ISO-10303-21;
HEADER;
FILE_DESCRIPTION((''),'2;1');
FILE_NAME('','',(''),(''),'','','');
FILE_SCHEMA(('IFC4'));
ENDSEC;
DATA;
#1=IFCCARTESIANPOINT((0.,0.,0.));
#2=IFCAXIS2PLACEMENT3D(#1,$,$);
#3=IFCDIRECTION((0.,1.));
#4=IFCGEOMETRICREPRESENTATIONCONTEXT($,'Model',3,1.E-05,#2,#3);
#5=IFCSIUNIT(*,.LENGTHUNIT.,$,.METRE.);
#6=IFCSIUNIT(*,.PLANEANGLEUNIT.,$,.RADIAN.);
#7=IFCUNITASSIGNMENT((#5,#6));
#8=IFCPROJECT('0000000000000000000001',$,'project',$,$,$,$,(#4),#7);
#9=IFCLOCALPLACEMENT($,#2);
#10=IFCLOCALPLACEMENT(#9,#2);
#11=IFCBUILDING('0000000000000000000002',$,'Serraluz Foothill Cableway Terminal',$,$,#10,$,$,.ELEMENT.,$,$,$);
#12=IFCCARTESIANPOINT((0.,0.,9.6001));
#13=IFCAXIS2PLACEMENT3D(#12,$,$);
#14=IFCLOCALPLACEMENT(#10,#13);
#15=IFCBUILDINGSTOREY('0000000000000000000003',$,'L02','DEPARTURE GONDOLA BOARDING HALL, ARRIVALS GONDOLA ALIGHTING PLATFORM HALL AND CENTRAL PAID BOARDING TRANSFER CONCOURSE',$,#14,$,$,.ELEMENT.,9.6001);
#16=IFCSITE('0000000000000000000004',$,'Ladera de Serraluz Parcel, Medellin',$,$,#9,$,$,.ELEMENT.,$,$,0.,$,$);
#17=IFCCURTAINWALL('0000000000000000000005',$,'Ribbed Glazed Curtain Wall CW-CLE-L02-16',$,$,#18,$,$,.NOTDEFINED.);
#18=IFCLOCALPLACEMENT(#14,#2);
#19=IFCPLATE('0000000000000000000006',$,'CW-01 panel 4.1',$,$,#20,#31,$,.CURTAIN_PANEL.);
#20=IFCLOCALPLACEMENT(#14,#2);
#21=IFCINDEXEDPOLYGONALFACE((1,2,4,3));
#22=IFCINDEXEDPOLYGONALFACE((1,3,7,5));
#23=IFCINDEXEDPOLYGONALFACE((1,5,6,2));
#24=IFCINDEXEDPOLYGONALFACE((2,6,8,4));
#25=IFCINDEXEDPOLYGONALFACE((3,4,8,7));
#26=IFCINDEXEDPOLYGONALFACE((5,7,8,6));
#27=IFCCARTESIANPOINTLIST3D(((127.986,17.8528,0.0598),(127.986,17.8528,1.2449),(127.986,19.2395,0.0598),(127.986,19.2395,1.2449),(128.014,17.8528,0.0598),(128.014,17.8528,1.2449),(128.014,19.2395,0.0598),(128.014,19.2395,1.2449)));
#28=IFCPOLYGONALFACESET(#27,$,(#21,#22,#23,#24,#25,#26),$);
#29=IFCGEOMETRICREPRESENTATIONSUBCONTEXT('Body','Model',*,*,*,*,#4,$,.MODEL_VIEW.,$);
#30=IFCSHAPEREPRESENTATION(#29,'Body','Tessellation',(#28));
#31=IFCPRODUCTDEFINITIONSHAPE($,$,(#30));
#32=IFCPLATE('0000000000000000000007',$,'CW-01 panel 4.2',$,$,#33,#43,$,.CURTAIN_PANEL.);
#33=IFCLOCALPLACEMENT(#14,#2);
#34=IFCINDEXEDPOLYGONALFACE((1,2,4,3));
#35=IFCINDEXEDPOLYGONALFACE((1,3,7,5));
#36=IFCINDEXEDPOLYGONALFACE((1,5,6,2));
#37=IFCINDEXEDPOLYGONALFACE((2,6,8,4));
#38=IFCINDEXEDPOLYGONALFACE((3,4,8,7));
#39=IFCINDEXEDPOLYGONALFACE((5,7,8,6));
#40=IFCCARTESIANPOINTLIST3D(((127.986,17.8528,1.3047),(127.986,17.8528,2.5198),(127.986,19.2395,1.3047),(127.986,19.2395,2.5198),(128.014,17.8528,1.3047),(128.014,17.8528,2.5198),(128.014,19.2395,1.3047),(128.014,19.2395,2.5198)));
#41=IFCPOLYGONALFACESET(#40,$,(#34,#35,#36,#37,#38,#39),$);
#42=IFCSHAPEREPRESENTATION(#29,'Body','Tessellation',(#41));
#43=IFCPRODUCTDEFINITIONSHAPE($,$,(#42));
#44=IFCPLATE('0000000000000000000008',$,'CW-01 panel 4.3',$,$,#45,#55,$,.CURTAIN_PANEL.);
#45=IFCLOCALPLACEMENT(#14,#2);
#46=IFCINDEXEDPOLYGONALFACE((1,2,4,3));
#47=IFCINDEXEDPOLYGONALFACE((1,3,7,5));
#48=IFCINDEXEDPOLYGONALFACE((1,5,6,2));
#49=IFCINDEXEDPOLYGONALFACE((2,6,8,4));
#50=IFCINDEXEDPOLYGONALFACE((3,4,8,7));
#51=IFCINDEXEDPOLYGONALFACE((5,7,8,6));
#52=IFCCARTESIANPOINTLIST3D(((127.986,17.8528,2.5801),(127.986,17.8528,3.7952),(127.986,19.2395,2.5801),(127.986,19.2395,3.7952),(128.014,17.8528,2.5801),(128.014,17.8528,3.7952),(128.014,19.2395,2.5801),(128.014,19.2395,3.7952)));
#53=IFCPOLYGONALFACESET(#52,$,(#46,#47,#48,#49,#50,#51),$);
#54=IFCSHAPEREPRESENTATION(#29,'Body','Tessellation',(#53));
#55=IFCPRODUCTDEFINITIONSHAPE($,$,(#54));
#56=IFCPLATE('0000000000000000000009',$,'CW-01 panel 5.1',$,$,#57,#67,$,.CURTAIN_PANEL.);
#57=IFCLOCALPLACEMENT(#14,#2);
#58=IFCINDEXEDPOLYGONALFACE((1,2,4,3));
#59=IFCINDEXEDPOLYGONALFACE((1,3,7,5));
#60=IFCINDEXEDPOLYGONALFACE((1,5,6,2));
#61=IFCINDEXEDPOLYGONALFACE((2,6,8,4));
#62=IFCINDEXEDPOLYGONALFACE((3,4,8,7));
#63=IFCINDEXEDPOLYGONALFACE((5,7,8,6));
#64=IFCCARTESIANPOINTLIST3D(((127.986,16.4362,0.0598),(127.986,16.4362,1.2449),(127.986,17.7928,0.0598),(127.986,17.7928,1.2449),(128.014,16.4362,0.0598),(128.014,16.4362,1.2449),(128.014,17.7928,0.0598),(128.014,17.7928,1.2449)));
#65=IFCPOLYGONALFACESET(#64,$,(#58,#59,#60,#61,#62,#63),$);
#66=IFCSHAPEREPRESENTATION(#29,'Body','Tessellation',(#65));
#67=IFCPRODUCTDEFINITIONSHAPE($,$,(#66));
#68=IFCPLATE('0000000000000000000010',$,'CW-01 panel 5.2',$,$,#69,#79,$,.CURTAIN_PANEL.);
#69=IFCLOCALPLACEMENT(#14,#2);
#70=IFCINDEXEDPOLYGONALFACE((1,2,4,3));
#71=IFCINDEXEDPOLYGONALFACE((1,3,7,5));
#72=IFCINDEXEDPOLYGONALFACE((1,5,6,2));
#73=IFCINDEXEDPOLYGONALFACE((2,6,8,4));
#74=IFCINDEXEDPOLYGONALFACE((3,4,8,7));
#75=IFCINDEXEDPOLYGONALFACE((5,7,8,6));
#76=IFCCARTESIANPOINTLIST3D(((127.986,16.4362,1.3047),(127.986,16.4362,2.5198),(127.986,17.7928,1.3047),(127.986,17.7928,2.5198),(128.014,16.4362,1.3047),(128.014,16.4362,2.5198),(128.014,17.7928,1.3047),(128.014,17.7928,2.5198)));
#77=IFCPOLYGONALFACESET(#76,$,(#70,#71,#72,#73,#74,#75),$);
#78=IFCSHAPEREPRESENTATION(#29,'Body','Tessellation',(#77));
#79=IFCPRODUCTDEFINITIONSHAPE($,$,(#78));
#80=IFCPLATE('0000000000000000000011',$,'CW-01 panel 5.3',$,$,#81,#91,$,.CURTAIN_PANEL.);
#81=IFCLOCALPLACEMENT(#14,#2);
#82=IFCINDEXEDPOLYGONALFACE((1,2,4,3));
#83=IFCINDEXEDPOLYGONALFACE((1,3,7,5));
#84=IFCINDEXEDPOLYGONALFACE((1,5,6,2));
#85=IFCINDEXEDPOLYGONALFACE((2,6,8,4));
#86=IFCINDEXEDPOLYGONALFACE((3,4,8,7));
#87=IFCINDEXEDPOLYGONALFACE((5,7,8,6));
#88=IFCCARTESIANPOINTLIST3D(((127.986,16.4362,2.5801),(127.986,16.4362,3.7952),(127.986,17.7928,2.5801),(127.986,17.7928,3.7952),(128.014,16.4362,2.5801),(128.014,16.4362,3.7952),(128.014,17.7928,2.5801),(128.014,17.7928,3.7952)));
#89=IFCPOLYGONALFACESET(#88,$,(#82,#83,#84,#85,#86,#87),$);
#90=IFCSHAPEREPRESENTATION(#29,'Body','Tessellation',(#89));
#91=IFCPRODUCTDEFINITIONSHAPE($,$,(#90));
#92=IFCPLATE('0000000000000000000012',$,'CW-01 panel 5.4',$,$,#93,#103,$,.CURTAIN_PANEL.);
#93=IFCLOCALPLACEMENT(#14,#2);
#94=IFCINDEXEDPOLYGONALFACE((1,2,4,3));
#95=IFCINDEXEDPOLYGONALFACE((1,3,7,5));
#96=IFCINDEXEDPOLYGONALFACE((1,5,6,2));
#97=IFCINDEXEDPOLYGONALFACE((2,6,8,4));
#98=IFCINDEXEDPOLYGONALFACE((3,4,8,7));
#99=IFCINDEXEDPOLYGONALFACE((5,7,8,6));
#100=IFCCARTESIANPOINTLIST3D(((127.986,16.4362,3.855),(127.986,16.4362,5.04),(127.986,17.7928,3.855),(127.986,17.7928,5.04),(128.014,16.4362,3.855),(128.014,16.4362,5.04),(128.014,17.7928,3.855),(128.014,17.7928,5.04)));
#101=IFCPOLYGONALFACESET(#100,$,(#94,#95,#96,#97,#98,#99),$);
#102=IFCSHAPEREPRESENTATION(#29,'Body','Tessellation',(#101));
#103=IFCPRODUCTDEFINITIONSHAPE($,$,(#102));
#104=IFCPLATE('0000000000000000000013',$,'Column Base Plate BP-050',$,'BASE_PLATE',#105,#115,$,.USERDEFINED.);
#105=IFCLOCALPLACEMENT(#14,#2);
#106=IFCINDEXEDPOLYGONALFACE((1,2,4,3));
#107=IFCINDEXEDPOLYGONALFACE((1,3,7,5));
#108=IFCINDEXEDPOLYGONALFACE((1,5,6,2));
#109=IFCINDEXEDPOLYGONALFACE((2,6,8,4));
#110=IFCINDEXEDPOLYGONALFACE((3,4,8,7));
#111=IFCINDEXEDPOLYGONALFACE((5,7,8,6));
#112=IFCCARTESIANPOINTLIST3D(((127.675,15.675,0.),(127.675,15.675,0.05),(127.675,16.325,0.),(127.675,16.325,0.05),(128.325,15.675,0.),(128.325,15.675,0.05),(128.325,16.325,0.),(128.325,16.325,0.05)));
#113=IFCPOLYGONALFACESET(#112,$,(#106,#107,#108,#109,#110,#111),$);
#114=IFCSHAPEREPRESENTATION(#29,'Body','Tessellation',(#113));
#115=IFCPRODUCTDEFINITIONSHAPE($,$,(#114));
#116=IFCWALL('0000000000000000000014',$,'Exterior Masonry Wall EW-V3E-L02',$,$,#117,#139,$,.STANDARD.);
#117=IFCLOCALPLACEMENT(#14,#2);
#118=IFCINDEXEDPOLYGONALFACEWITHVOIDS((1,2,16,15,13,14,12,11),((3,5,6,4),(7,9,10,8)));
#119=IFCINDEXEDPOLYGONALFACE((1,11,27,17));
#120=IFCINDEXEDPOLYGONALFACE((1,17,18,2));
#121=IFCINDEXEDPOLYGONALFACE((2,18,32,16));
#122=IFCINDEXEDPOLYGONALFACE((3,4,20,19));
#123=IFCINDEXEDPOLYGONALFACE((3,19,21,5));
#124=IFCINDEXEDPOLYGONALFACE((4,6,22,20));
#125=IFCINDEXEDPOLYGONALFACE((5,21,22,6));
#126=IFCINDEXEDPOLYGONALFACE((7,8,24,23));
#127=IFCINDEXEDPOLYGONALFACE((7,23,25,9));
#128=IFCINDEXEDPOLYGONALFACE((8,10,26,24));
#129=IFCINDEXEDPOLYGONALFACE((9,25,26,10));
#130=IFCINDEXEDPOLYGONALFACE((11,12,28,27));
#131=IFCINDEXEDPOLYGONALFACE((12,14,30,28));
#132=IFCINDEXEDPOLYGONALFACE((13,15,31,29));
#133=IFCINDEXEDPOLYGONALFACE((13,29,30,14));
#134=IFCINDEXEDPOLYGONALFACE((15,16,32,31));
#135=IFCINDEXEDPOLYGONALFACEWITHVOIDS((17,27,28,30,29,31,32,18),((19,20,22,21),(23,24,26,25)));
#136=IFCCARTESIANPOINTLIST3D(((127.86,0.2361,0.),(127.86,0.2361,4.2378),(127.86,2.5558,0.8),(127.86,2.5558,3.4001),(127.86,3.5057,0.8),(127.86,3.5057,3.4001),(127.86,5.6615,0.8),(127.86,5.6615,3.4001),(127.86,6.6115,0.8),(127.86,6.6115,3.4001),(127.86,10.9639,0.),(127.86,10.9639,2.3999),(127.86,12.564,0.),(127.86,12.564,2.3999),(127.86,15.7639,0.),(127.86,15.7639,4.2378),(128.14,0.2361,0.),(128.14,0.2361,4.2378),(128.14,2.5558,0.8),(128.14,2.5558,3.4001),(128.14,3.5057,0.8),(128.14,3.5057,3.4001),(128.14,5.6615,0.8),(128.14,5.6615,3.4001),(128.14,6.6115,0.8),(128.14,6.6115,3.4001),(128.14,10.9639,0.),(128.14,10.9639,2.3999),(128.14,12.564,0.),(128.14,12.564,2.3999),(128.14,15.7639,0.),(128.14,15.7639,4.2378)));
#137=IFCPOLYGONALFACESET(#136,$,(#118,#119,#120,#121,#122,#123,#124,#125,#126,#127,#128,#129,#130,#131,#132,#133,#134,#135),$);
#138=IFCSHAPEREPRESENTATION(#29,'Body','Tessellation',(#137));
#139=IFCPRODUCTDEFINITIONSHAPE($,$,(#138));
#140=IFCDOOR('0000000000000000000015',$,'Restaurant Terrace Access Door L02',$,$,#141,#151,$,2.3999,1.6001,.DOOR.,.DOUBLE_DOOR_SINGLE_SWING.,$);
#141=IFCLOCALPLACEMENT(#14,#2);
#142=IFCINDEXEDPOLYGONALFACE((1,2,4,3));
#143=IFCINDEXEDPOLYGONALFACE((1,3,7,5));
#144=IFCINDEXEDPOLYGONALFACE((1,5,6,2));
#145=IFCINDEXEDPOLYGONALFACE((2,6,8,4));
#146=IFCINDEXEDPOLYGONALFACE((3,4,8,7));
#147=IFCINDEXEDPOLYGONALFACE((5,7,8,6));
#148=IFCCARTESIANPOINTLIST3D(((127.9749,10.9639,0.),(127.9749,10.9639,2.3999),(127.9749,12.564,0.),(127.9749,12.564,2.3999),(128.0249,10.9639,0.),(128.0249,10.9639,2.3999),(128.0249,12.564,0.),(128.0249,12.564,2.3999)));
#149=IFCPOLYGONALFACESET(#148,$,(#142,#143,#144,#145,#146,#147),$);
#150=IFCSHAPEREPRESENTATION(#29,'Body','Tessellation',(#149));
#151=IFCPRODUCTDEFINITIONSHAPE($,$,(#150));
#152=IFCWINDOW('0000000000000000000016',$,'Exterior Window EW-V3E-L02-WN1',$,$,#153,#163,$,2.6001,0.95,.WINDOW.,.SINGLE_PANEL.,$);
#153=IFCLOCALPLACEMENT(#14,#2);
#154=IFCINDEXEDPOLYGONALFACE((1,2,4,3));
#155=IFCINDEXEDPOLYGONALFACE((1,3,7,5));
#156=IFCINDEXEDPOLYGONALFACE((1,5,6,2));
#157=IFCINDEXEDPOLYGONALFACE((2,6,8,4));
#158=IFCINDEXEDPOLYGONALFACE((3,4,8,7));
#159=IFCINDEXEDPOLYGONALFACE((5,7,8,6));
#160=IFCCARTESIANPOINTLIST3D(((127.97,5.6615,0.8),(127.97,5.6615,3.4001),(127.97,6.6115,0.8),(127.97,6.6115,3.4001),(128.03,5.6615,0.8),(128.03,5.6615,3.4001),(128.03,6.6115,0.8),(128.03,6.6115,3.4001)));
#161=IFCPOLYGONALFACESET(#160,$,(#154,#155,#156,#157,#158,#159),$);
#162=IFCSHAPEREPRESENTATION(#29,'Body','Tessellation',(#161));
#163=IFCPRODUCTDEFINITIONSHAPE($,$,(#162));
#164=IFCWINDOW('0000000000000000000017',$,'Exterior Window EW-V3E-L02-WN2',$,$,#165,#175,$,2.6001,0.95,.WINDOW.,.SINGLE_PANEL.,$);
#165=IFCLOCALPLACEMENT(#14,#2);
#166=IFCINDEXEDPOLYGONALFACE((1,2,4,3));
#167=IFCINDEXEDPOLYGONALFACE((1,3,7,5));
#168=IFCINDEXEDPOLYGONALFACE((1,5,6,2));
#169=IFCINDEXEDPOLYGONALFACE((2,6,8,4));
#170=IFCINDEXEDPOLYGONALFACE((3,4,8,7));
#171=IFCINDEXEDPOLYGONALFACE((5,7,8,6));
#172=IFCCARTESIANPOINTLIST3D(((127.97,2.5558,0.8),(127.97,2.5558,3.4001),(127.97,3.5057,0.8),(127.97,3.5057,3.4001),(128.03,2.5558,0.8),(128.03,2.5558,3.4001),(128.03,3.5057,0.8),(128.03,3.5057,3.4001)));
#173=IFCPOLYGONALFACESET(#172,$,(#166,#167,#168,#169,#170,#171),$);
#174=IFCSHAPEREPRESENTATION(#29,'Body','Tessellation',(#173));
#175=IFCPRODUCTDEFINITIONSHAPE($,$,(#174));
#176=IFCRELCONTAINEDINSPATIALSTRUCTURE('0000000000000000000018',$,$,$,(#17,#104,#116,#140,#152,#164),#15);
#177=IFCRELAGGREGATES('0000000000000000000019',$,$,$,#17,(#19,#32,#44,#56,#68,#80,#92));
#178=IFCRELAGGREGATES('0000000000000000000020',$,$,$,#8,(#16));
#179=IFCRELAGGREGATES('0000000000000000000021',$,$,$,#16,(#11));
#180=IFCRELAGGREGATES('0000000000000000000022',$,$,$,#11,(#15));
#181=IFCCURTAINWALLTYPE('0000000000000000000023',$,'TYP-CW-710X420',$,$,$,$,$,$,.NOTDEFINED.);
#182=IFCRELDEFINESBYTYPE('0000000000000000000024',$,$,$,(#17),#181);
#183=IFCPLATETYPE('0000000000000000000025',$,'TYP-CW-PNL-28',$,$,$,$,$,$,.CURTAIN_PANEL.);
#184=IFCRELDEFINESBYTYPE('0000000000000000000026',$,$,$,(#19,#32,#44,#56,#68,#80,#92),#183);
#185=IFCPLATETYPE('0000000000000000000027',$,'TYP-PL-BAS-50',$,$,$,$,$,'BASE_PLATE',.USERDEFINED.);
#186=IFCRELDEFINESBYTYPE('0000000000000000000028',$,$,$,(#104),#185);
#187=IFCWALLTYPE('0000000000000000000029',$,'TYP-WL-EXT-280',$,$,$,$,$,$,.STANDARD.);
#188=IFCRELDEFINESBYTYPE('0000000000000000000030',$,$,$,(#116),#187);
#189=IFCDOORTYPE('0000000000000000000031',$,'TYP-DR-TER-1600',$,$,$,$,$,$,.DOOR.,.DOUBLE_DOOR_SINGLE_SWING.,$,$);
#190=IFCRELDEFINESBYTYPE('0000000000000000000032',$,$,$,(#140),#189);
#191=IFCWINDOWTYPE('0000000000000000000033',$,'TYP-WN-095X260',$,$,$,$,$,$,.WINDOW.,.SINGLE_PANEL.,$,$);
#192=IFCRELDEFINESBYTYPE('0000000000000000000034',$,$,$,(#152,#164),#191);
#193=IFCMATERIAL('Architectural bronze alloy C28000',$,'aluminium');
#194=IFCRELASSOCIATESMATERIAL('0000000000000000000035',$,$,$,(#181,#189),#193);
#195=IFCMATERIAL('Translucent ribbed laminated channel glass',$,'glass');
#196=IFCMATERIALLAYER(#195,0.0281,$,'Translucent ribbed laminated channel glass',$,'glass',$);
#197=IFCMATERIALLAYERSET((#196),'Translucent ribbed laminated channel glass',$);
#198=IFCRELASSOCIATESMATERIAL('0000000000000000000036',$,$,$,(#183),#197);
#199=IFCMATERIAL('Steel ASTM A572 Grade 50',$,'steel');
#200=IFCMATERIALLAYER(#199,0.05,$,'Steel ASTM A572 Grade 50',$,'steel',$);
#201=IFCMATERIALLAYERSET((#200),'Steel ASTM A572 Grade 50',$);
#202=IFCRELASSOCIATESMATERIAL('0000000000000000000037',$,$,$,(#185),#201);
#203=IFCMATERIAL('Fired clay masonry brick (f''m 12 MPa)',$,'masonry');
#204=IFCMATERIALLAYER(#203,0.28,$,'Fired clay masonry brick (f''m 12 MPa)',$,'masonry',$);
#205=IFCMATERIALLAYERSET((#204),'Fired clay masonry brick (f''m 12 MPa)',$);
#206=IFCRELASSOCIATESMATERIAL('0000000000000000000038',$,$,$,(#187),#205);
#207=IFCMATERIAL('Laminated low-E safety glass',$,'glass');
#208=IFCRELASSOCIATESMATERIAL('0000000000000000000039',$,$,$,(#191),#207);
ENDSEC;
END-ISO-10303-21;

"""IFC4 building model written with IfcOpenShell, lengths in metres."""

from ifc_helpers import new_model, si_unit, direction, frame, frame_2d, origin, origin_2d, place, context, subcontext, project, spatial, rectangle, extrude, material, layer, layer_set, type_object, element, fill, aggregate, save


model = new_model("IFC4")

# Units and contexts
model_context = context("Model", 3, precision=1e-05, world=origin(), true_north=direction((0.0, 1.0)))
body_context = subcontext(model_context, "Body", "Model", "MODEL_VIEW")
ifc_project = project(units=[si_unit("LENGTHUNIT", "METRE"), si_unit("PLANEANGLEUNIT", "RADIAN")], contexts=[model_context])

# Site, building, storey
site_placement = place(None, origin())
site = spatial("IfcSite", under=ifc_project, at=site_placement, Name="Ladera de Serraluz Parcel, Medellin", CompositionType="ELEMENT", RefElevation=0.0)
building_placement = place(site_placement, origin())
building = spatial("IfcBuilding", under=site, at=building_placement, Name="Serraluz Foothill Cableway Terminal", CompositionType="ELEMENT")
storey_placement = place(building_placement, frame((0.0, 0.0, 9.6001)))
storey = spatial("IfcBuildingStorey", under=building, at=storey_placement, Name="L02", Description="DEPARTURE GONDOLA BOARDING HALL, ARRIVALS GONDOLA ALIGHTING PLATFORM HALL AND CENTRAL PAID BOARDING TRANSFER CONCOURSE", CompositionType="ELEMENT", Elevation=9.6001)

# Curtain wall
ifc_material_1 = material(Name="Architectural bronze alloy C28000", Category="aluminium")
curtain_wall_type = type_object("IfcCurtainWallType", Name="TYP-CW-710X420", PredefinedType="NOTDEFINED", material=ifc_material_1)
curtain_wall_placement = place(storey_placement, origin())
curtain_wall = element("IfcCurtainWall", 1, at=curtain_wall_placement, inside=storey, type_object=curtain_wall_type, Name="Ribbed Glazed Curtain Wall CW-CLE-L02-16", PredefinedType="NOTDEFINED")

# Plates
ifc_material_2 = material(Name="Translucent ribbed laminated channel glass", Category="glass")
ifc_layer_1 = layer(ifc_material_2, 0.0281, Name="Translucent ribbed laminated channel glass", Category="glass")
ifc_layer_set_1 = layer_set([ifc_layer_1], Name="Translucent ribbed laminated channel glass")
plate_type_1 = type_object("IfcPlateType", Name="TYP-CW-PNL-28", PredefinedType="CURTAIN_PANEL", material=ifc_layer_set_1)
plate_1_placement = place(storey_placement, frame((128.0, 18.5461, 0.0598), z_axis=(0.0, 0.0, 1.0), x_axis=(0.0, -1.0, 0.0)))
plate_1 = element("IfcPlate", 2, at=plate_1_placement, type_object=plate_type_1, Name="CW-01 panel 4.1", PredefinedType="CURTAIN_PANEL", context=body_context, shape_type="SweptSolid", body=[
    extrude(rectangle(XDim=1.3867, YDim=0.0281, at=origin_2d()), origin(), (0.0, 0.0, 1.0), 1.1851),
])
plate_2_placement = place(storey_placement, frame((128.0, 18.5461, 1.3047), z_axis=(0.0, 0.0, 1.0), x_axis=(0.0, -1.0, 0.0)))
plate_2 = element("IfcPlate", 3, at=plate_2_placement, type_object=plate_type_1, Name="CW-01 panel 4.2", PredefinedType="CURTAIN_PANEL", context=body_context, shape_type="SweptSolid", body=[
    extrude(rectangle(XDim=1.3867, YDim=0.0281, at=origin_2d()), origin(), (0.0, 0.0, 1.0), 1.2151),
])
plate_3_placement = place(storey_placement, frame((128.0, 18.5461, 2.5801), z_axis=(0.0, 0.0, 1.0), x_axis=(0.0, -1.0, 0.0)))
plate_3 = element("IfcPlate", 4, at=plate_3_placement, type_object=plate_type_1, Name="CW-01 panel 4.3", PredefinedType="CURTAIN_PANEL", context=body_context, shape_type="SweptSolid", body=[
    extrude(rectangle(XDim=1.3867, YDim=0.0281, at=origin_2d()), origin(), (0.0, 0.0, 1.0), 1.2151),
])
plate_4_placement = place(storey_placement, frame((128.0, 17.1145, 0.0598), z_axis=(0.0, 0.0, 1.0), x_axis=(0.0, -1.0, 0.0)))
plate_4 = element("IfcPlate", 5, at=plate_4_placement, type_object=plate_type_1, Name="CW-01 panel 5.1", PredefinedType="CURTAIN_PANEL", context=body_context, shape_type="SweptSolid", body=[
    extrude(rectangle(XDim=1.3567, YDim=0.0281, at=origin_2d()), origin(), (0.0, 0.0, 1.0), 1.1851),
])
plate_5_placement = place(storey_placement, frame((128.0, 17.1145, 1.3047), z_axis=(0.0, 0.0, 1.0), x_axis=(0.0, -1.0, 0.0)))
plate_5 = element("IfcPlate", 6, at=plate_5_placement, type_object=plate_type_1, Name="CW-01 panel 5.2", PredefinedType="CURTAIN_PANEL", context=body_context, shape_type="SweptSolid", body=[
    extrude(rectangle(XDim=1.3567, YDim=0.0281, at=origin_2d()), origin(), (0.0, 0.0, 1.0), 1.2151),
])
plate_6_placement = place(storey_placement, frame((128.0, 17.1145, 2.5801), z_axis=(0.0, 0.0, 1.0), x_axis=(0.0, -1.0, 0.0)))
plate_6 = element("IfcPlate", 7, at=plate_6_placement, type_object=plate_type_1, Name="CW-01 panel 5.3", PredefinedType="CURTAIN_PANEL", context=body_context, shape_type="SweptSolid", body=[
    extrude(rectangle(XDim=1.3567, YDim=0.0281, at=origin_2d()), origin(), (0.0, 0.0, 1.0), 1.2151),
])
plate_7_placement = place(storey_placement, frame((128.0, 17.1145, 3.855), z_axis=(0.0, 0.0, 1.0), x_axis=(0.0, -1.0, 0.0)))
plate_7 = element("IfcPlate", 8, at=plate_7_placement, type_object=plate_type_1, Name="CW-01 panel 5.4", PredefinedType="CURTAIN_PANEL", context=body_context, shape_type="SweptSolid", body=[
    extrude(rectangle(XDim=1.3567, YDim=0.0281, at=origin_2d()), origin(), (0.0, 0.0, 1.0), 1.1851),
])
aggregate(curtain_wall, [plate_1, plate_2, plate_3, plate_4, plate_5, plate_6, plate_7])
ifc_material_3 = material(Name="Steel ASTM A572 Grade 50", Category="steel")
ifc_layer_2 = layer(ifc_material_3, 0.05, Name="Steel ASTM A572 Grade 50", Category="steel")
ifc_layer_set_2 = layer_set([ifc_layer_2], Name="Steel ASTM A572 Grade 50")
plate_type_2 = type_object("IfcPlateType", Name="TYP-PL-BAS-50", ElementType="BASE_PLATE", PredefinedType="USERDEFINED", material=ifc_layer_set_2)
plate_8_placement = place(storey_placement, frame((128.0, 16.0, 0.0), z_axis=(0.0, 0.0, 1.0), x_axis=(1.0, 0.0, 0.0)))
element("IfcPlate", 9, at=plate_8_placement, inside=storey, type_object=plate_type_2, Name="Column Base Plate BP-050", ObjectType="BASE_PLATE", PredefinedType="USERDEFINED", context=body_context, shape_type="SweptSolid", body=[
    extrude(rectangle(XDim=0.6499, YDim=0.6499, at=origin_2d()), origin(), (0.0, 0.0, 1.0), 0.05),
])

# Shared definitions
ifc_material_4 = material(Name="Fired clay masonry brick (f'm 12 MPa)", Category="masonry")
ifc_layer_3 = layer(ifc_material_4, 0.28, Name="Fired clay masonry brick (f'm 12 MPa)", Category="masonry")
ifc_layer_set_3 = layer_set([ifc_layer_3], Name="Fired clay masonry brick (f'm 12 MPa)")
wall_type_1 = type_object("IfcWallType", Name="TYP-WL-EXT-280", PredefinedType="STANDARD", material=ifc_layer_set_3)
door_type = type_object("IfcDoorType", Name="TYP-DR-TER-1600", OperationType="DOUBLE_DOOR_SINGLE_SWING", PredefinedType="DOOR", material=ifc_material_1)

# Wall, openings, door, windows
wall_1_placement = place(storey_placement, frame((128.0, 15.7639, 0.0), z_axis=(0.0, 0.0, 1.0), x_axis=(0.0, -1.0, 0.0)))
wall_1 = element("IfcWall", 10, at=wall_1_placement, inside=storey, type_object=wall_type_1, Name="Exterior Masonry Wall EW-V3E-L02", PredefinedType="STANDARD", context=body_context, shape_type="SweptSolid", body=[
    extrude(rectangle(XDim=15.5278, YDim=0.28, at=frame_2d((7.7639, 0.0))), origin(), (0.0, 0.0, 1.0), 4.2378),
])
opening_1_placement = place(wall_1_placement, frame((9.1523, 0.0, 0.8)))
opening_1 = element("IfcOpeningElement", 11, at=opening_1_placement, cuts=wall_1, PredefinedType="OPENING", context=body_context, shape_type="SweptSolid", body=[
    extrude(rectangle(XDim=0.95, YDim=2.6001, at=frame_2d((0.4751, 1.3))), frame((0.0, 0.1499, 0.0), z_axis=(0.0, -1.0, 0.0), x_axis=(1.0, 0.0, 0.0)), (0.0, 0.0, 1.0), 0.3),
])
opening_2_placement = place(wall_1_placement, frame((12.2581, 0.0, 0.8)))
opening_2 = element("IfcOpeningElement", 12, at=opening_2_placement, cuts=wall_1, PredefinedType="OPENING", context=body_context, shape_type="SweptSolid", body=[
    extrude(rectangle(XDim=0.95, YDim=2.6001, at=frame_2d((0.4751, 1.3))), frame((0.0, 0.1499, 0.0), z_axis=(0.0, -1.0, 0.0), x_axis=(1.0, 0.0, 0.0)), (0.0, 0.0, 1.0), 0.3),
])
opening_3_placement = place(wall_1_placement, frame((3.2, 0.0, 0.0)))
opening_3 = element("IfcOpeningElement", 13, at=opening_3_placement, cuts=wall_1, PredefinedType="OPENING", context=body_context, shape_type="SweptSolid", body=[
    extrude(rectangle(XDim=1.6001, YDim=2.3999, at=frame_2d((0.8, 1.2))), frame((0.0, 0.1499, 0.0), z_axis=(0.0, -1.0, 0.0), x_axis=(1.0, 0.0, 0.0)), (0.0, 0.0, 1.0), 0.3),
])
door_1_placement = place(opening_3_placement, origin())
door_1 = element("IfcDoor", 14, at=door_1_placement, inside=storey, type_object=door_type, Name="Restaurant Terrace Access Door L02", OperationType="DOUBLE_DOOR_SINGLE_SWING", OverallHeight=2.3999, OverallWidth=1.6001, PredefinedType="DOOR", context=body_context, shape_type="SweptSolid", body=[
    extrude(rectangle(XDim=1.6001, YDim=2.3999, at=frame_2d((0.8, 1.2))), frame((0.0, 0.0249, 0.0), z_axis=(0.0, -1.0, 0.0), x_axis=(1.0, 0.0, 0.0)), (0.0, 0.0, 1.0), 0.05),
])
fill(opening_3, door_1)
ifc_material_5 = material(Name="Laminated low-E safety glass", Category="glass")
window_type = type_object("IfcWindowType", Name="TYP-WN-095X260", PartitioningType="SINGLE_PANEL", PredefinedType="WINDOW", material=ifc_material_5)
window_1_placement = place(opening_1_placement, origin())
window_1 = element("IfcWindow", 15, at=window_1_placement, inside=storey, type_object=window_type, Name="Exterior Window EW-V3E-L02-WN1", OverallHeight=2.6001, OverallWidth=0.95, PartitioningType="SINGLE_PANEL", PredefinedType="WINDOW", context=body_context, shape_type="SweptSolid", body=[
    extrude(rectangle(XDim=0.95, YDim=2.6001, at=frame_2d((0.4751, 1.3))), frame((0.0, 0.03, 0.0), z_axis=(0.0, -1.0, 0.0), x_axis=(1.0, 0.0, 0.0)), (0.0, 0.0, 1.0), 0.0601),
])
fill(opening_1, window_1)
window_2_placement = place(opening_2_placement, origin())
window_2 = element("IfcWindow", 16, at=window_2_placement, inside=storey, type_object=window_type, Name="Exterior Window EW-V3E-L02-WN2", OverallHeight=2.6001, OverallWidth=0.95, PartitioningType="SINGLE_PANEL", PredefinedType="WINDOW", context=body_context, shape_type="SweptSolid", body=[
    extrude(rectangle(XDim=0.95, YDim=2.6001, at=frame_2d((0.4751, 1.3))), frame((0.0, 0.03, 0.0), z_axis=(0.0, -1.0, 0.0), x_axis=(1.0, 0.0, 0.0)), (0.0, 0.0, 1.0), 0.0601),
])
fill(opening_2, window_2)

save(model, "model.ifc")
